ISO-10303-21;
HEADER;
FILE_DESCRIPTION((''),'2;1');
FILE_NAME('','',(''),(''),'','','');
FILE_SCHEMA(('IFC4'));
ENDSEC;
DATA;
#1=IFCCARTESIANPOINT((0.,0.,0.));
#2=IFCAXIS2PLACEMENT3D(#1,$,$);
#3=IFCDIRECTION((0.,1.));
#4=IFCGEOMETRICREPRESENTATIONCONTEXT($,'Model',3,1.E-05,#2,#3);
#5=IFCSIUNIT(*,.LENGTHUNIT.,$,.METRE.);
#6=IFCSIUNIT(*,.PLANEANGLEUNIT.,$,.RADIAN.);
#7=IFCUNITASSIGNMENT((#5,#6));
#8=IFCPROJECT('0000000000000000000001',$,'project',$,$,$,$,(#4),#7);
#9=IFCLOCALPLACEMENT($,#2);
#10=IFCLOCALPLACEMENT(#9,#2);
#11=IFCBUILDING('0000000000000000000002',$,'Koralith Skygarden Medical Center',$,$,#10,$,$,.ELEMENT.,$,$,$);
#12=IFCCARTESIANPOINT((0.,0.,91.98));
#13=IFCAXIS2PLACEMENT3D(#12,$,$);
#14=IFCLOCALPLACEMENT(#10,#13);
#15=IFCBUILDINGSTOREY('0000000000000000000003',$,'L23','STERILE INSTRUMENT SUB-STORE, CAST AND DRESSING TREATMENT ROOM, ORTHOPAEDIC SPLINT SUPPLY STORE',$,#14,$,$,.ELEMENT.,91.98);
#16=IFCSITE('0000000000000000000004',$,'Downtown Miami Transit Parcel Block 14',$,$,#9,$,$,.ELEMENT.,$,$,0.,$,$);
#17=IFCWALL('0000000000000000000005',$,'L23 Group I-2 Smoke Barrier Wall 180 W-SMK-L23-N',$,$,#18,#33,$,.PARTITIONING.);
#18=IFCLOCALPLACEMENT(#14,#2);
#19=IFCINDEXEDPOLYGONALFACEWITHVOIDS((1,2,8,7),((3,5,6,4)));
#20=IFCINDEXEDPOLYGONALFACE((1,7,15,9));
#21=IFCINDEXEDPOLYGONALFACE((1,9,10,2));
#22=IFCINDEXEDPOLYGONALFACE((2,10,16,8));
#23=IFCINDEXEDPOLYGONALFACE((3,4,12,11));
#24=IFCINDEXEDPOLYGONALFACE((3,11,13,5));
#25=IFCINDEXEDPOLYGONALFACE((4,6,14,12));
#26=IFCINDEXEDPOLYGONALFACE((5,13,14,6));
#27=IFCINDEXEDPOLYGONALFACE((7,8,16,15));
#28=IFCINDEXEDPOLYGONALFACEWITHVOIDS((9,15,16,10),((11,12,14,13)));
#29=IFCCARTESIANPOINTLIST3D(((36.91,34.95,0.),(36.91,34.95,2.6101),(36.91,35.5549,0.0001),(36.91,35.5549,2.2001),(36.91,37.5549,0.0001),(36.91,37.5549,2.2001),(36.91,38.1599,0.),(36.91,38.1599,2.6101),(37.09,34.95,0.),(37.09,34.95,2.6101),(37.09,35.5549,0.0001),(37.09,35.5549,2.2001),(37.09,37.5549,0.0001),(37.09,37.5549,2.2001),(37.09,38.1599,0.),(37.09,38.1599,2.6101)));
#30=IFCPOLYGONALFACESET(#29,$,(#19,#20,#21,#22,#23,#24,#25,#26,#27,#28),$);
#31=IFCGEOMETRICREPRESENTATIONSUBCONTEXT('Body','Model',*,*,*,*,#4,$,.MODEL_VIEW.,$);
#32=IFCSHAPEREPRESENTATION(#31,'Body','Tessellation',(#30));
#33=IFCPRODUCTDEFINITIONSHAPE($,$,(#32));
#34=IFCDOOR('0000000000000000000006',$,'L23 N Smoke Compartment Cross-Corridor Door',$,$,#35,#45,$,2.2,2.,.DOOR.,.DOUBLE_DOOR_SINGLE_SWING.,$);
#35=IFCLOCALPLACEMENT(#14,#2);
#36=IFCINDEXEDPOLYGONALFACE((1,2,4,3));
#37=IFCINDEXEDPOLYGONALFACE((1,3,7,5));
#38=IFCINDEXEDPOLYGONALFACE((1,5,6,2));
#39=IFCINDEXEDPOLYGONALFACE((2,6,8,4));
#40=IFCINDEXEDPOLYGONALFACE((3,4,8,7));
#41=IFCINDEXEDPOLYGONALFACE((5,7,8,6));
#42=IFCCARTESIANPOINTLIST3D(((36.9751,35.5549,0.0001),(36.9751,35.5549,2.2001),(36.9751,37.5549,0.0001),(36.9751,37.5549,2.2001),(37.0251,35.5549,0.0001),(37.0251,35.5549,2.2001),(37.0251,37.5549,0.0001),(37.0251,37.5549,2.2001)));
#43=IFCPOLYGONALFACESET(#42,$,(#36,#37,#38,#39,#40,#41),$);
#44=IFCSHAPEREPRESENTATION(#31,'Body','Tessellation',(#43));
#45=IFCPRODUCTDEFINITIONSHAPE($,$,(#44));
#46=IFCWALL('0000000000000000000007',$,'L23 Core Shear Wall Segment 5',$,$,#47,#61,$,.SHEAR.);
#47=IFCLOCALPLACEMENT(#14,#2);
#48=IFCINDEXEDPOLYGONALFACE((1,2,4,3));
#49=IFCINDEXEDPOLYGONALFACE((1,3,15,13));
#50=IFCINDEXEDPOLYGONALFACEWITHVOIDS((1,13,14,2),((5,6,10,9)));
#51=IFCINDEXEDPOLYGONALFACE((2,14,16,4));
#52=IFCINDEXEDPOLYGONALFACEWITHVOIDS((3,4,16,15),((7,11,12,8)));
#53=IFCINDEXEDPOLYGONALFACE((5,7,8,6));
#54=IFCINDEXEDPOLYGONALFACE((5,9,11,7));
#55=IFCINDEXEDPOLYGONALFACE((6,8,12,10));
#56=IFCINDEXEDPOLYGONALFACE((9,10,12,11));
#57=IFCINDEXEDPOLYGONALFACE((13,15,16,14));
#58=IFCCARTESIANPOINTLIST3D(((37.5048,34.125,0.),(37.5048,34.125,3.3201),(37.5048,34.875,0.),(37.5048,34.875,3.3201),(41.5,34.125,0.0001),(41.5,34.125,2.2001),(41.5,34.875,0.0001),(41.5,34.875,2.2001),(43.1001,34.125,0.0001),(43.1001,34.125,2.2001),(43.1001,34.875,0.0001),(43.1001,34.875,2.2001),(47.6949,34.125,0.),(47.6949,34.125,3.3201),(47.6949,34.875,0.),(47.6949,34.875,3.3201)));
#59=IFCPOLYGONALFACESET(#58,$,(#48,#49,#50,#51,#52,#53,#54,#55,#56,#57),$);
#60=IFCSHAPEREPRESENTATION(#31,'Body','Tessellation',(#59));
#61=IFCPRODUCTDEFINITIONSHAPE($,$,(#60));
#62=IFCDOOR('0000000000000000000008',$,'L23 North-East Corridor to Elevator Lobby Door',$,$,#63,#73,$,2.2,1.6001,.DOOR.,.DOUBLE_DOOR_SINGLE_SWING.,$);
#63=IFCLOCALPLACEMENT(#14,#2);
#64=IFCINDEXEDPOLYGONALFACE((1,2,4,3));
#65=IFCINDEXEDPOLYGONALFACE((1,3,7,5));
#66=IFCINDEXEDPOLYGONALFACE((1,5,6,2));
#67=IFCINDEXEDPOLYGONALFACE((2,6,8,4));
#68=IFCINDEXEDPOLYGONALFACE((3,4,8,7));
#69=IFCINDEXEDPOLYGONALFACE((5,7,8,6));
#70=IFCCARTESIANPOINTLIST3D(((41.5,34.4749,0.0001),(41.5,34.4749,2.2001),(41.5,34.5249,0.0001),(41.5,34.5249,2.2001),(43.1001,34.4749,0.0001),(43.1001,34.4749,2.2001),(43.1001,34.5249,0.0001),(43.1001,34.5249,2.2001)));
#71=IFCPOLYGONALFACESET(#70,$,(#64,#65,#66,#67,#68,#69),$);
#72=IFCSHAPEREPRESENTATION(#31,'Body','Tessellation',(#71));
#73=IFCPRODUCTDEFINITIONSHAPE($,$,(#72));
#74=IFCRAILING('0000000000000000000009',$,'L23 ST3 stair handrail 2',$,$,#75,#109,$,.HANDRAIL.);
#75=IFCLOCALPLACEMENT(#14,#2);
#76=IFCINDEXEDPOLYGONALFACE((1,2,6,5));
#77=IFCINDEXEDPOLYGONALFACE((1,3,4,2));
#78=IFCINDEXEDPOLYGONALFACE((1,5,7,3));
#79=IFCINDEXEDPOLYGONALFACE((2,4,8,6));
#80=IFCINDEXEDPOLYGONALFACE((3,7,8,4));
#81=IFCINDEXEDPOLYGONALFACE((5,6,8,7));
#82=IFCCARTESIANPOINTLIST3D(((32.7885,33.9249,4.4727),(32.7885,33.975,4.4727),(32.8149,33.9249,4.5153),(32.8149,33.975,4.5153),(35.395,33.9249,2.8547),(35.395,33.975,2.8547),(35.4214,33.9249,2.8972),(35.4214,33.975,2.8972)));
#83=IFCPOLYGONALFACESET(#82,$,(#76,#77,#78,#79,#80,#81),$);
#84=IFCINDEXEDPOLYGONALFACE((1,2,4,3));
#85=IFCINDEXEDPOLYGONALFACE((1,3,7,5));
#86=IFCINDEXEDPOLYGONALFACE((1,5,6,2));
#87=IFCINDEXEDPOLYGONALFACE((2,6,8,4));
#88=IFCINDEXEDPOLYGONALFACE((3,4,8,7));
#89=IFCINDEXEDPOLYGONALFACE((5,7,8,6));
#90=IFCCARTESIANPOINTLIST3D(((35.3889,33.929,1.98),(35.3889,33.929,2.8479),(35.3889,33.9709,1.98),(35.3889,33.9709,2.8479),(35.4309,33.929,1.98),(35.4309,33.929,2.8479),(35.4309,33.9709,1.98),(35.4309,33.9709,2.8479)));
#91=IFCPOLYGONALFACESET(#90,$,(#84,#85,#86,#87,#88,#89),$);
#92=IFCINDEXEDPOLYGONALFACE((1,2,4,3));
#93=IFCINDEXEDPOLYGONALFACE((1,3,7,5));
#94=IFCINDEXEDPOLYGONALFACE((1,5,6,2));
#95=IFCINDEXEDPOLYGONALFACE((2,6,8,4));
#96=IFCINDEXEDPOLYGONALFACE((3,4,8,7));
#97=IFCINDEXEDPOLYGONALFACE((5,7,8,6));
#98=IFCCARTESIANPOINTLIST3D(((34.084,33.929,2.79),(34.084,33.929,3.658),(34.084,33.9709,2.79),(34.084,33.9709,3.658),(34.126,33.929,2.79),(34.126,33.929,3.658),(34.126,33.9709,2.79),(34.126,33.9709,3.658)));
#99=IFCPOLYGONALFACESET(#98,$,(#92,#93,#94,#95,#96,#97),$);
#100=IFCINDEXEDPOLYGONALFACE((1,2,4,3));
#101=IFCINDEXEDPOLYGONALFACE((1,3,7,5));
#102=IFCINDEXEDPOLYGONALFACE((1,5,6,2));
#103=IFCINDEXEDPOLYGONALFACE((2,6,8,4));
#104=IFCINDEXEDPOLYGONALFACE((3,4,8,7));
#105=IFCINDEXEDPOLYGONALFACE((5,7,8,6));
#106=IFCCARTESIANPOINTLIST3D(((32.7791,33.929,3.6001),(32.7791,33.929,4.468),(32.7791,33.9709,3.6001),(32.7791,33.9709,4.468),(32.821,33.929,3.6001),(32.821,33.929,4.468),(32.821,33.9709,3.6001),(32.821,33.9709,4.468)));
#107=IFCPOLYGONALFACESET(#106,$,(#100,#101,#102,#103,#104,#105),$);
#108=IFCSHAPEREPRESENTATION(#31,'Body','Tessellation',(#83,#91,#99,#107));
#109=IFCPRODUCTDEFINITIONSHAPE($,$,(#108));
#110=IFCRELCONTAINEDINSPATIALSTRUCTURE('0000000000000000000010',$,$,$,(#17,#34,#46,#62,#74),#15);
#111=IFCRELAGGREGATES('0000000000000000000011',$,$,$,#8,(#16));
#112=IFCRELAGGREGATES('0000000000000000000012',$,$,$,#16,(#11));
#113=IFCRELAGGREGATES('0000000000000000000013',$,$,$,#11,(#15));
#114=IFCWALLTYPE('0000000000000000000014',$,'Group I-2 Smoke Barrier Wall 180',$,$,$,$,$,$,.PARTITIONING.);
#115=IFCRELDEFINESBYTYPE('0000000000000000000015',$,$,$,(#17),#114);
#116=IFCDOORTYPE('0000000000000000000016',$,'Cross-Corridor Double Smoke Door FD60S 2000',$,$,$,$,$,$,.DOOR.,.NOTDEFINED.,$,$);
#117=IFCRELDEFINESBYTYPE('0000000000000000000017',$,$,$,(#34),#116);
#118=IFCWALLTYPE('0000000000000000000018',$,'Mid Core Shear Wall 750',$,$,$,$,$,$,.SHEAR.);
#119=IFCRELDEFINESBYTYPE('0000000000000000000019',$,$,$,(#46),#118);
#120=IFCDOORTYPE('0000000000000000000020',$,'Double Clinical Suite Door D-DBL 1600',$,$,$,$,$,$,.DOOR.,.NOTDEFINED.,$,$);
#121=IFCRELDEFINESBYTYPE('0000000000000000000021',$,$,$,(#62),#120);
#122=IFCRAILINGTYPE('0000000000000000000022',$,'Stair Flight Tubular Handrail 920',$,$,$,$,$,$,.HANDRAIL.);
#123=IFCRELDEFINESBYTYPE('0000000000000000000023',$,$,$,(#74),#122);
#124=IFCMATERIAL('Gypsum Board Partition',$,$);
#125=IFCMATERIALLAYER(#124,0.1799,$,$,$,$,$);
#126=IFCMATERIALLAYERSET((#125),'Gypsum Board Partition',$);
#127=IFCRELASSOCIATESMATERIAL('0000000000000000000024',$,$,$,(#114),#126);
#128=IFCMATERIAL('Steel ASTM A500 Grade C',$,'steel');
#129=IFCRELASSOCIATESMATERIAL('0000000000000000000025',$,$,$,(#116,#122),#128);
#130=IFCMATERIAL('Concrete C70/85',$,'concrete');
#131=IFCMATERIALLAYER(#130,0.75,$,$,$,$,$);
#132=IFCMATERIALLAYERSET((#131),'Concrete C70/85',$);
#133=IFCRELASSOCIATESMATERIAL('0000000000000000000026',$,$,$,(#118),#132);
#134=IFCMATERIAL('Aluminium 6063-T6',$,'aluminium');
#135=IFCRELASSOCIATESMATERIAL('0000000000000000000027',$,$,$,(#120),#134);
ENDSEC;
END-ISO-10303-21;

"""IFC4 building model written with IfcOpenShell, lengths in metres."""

from ifc_helpers import new_model, si_unit, direction, frame, frame_2d, origin, origin_2d, place, context, subcontext, project, spatial, rectangle, extrude, material, layer, layer_set, type_object, element, fill, save


model = new_model("IFC4")

# Units and contexts
model_context = context("Model", 3, precision=1e-05, world=origin(), true_north=direction((0.0, 1.0)))
body_context = subcontext(model_context, "Body", "Model", "MODEL_VIEW")
ifc_project = project(units=[si_unit("LENGTHUNIT", "METRE"), si_unit("PLANEANGLEUNIT", "RADIAN")], contexts=[model_context])

# Site, building, storey
site_placement = place(None, origin())
site = spatial("IfcSite", under=ifc_project, at=site_placement, Name="Downtown Miami Transit Parcel Block 14", CompositionType="ELEMENT", RefElevation=0.0)
building_placement = place(site_placement, origin())
building = spatial("IfcBuilding", under=site, at=building_placement, Name="Koralith Skygarden Medical Center", CompositionType="ELEMENT")
storey_placement = place(building_placement, frame((0.0, 0.0, 91.98)))
storey = spatial("IfcBuildingStorey", under=building, at=storey_placement, Name="L23", Description="STERILE INSTRUMENT SUB-STORE, CAST AND DRESSING TREATMENT ROOM, ORTHOPAEDIC SPLINT SUPPLY STORE", CompositionType="ELEMENT", Elevation=91.98)

# Shared definitions
ifc_material_1 = material(Name="Concrete C70/85", Category="concrete")

# Shared definitions
ifc_material_2 = material(Name="Aluminium 6063-T6", Category="aluminium")

# Shared definitions
ifc_material_3 = material(Name="Gypsum Board Partition")

# Walls, openings, doors
ifc_layer_1 = layer(ifc_material_3, 0.1799)
ifc_layer_set_1 = layer_set([ifc_layer_1], Name="Gypsum Board Partition")
wall_type_1 = type_object("IfcWallType", Name="Group I-2 Smoke Barrier Wall 180", PredefinedType="PARTITIONING", material=ifc_layer_set_1)
wall_1_placement = place(storey_placement, frame((37.0, 34.95, 0.0), z_axis=(0.0, 0.0, 1.0), x_axis=(0.0, 1.0, 0.0)))
wall_1 = element("IfcWall", 1, at=wall_1_placement, inside=storey, type_object=wall_type_1, Name="L23 Group I-2 Smoke Barrier Wall 180 W-SMK-L23-N", PredefinedType="PARTITIONING", context=body_context, shape_type="SweptSolid", body=[
    extrude(rectangle(XDim=3.21, YDim=0.1799, at=frame_2d((1.605, 0.0))), origin(), (0.0, 0.0, 1.0), 2.6101),
])
opening_1_placement = place(wall_1_placement, frame((0.605, 0.0, 0.0)))
opening_1 = element("IfcOpeningElement", 2, at=opening_1_placement, cuts=wall_1, PredefinedType="OPENING", context=body_context, shape_type="SweptSolid", body=[
    extrude(rectangle(XDim=2.0, YDim=2.2, at=frame_2d((1.0, 1.1001))), frame((0.0, 0.0999, 0.0), z_axis=(0.0, -1.0, 0.0), x_axis=(1.0, 0.0, 0.0)), (0.0, 0.0, 1.0), 0.2),
])
ifc_material_4 = material(Name="Steel ASTM A500 Grade C", Category="steel")
door_type_1 = type_object("IfcDoorType", Name="Cross-Corridor Double Smoke Door FD60S 2000", OperationType="NOTDEFINED", PredefinedType="DOOR", material=ifc_material_4)
door_1_placement = place(opening_1_placement, origin())
door_1 = element("IfcDoor", 3, at=door_1_placement, inside=storey, type_object=door_type_1, Name="L23 N Smoke Compartment Cross-Corridor Door", OperationType="DOUBLE_DOOR_SINGLE_SWING", OverallHeight=2.2, OverallWidth=2.0, PredefinedType="DOOR", context=body_context, shape_type="SweptSolid", body=[
    extrude(rectangle(XDim=2.0, YDim=2.2, at=frame_2d((1.0, 1.1001))), frame((0.0, 0.0249, 0.0), z_axis=(0.0, -1.0, 0.0), x_axis=(1.0, 0.0, 0.0)), (0.0, 0.0, 1.0), 0.05),
])
fill(opening_1, door_1)
ifc_layer_2 = layer(ifc_material_1, 0.75)
ifc_layer_set_2 = layer_set([ifc_layer_2], Name="Concrete C70/85")
wall_type_2 = type_object("IfcWallType", Name="Mid Core Shear Wall 750", PredefinedType="SHEAR", material=ifc_layer_set_2)
wall_2_placement = place(storey_placement, frame((47.6951, 34.5, 0.0), z_axis=(0.0, 0.0, 1.0), x_axis=(-1.0, 0.0, 0.0)))
wall_2 = element("IfcWall", 4, at=wall_2_placement, inside=storey, type_object=wall_type_2, Name="L23 Core Shear Wall Segment 5", PredefinedType="SHEAR", context=body_context, shape_type="SweptSolid", body=[
    extrude(rectangle(XDim=10.1902, YDim=0.75, at=frame_2d((5.0952, 0.0))), origin(), (0.0, 0.0, 1.0), 3.3201),
])
opening_2_placement = place(wall_2_placement, frame((4.595, 0.0, 0.0)))
opening_2 = element("IfcOpeningElement", 5, at=opening_2_placement, cuts=wall_2, PredefinedType="OPENING", context=body_context, shape_type="SweptSolid", body=[
    extrude(rectangle(XDim=1.6001, YDim=2.2, at=frame_2d((0.8, 1.1001))), frame((0.0, 0.385, 0.0), z_axis=(0.0, -1.0, 0.0), x_axis=(1.0, 0.0, 0.0)), (0.0, 0.0, 1.0), 0.77),
])
door_type_2 = type_object("IfcDoorType", Name="Double Clinical Suite Door D-DBL 1600", OperationType="NOTDEFINED", PredefinedType="DOOR", material=ifc_material_2)
door_2_placement = place(opening_2_placement, frame((1.6001, 0.0, 0.0), z_axis=(0.0, 0.0, 1.0), x_axis=(-1.0, 0.0, 0.0)))
door_2 = element("IfcDoor", 6, at=door_2_placement, inside=storey, type_object=door_type_2, Name="L23 North-East Corridor to Elevator Lobby Door", OperationType="DOUBLE_DOOR_SINGLE_SWING", OverallHeight=2.2, OverallWidth=1.6001, PredefinedType="DOOR", context=body_context, shape_type="SweptSolid", body=[
    extrude(rectangle(XDim=1.6001, YDim=2.2, at=frame_2d((0.8, 1.1001))), frame((0.0, 0.0249, 0.0), z_axis=(0.0, -1.0, 0.0), x_axis=(1.0, 0.0, 0.0)), (0.0, 0.0, 1.0), 0.05),
])
fill(opening_2, door_2)

# Railing
railing_type = type_object("IfcRailingType", Name="Stair Flight Tubular Handrail 920", PredefinedType="HANDRAIL", material=ifc_material_4)
railing_placement = place(storey_placement, frame((35.4099, 33.95, 1.98)))
element("IfcRailing", 7, at=railing_placement, inside=storey, type_object=railing_type, Name="L23 ST3 stair handrail 2", PredefinedType="HANDRAIL", context=body_context, shape_type="SweptSolid", body=[
    extrude(rectangle(XDim=0.05, YDim=0.05, at=origin_2d()), frame((-0.0017, 0.0, 0.896), z_axis=(-0.849611, 0.0, 0.52741), x_axis=(0.0, -1.0, 0.0)), (0.0, 0.0, 1.0), 3.0679),
    extrude(rectangle(XDim=0.042, YDim=0.042, at=origin_2d()), origin(), (0.0, 0.0, 1.0), 0.8679),
    extrude(rectangle(XDim=0.042, YDim=0.042, at=origin_2d()), frame((-1.3049, 0.0, 0.8101)), (0.0, 0.0, 1.0), 0.8679),
    extrude(rectangle(XDim=0.042, YDim=0.042, at=origin_2d()), frame((-2.6099, 0.0, 1.6201)), (0.0, 0.0, 1.0), 0.8679),
])

save(model, "model.ifc")
